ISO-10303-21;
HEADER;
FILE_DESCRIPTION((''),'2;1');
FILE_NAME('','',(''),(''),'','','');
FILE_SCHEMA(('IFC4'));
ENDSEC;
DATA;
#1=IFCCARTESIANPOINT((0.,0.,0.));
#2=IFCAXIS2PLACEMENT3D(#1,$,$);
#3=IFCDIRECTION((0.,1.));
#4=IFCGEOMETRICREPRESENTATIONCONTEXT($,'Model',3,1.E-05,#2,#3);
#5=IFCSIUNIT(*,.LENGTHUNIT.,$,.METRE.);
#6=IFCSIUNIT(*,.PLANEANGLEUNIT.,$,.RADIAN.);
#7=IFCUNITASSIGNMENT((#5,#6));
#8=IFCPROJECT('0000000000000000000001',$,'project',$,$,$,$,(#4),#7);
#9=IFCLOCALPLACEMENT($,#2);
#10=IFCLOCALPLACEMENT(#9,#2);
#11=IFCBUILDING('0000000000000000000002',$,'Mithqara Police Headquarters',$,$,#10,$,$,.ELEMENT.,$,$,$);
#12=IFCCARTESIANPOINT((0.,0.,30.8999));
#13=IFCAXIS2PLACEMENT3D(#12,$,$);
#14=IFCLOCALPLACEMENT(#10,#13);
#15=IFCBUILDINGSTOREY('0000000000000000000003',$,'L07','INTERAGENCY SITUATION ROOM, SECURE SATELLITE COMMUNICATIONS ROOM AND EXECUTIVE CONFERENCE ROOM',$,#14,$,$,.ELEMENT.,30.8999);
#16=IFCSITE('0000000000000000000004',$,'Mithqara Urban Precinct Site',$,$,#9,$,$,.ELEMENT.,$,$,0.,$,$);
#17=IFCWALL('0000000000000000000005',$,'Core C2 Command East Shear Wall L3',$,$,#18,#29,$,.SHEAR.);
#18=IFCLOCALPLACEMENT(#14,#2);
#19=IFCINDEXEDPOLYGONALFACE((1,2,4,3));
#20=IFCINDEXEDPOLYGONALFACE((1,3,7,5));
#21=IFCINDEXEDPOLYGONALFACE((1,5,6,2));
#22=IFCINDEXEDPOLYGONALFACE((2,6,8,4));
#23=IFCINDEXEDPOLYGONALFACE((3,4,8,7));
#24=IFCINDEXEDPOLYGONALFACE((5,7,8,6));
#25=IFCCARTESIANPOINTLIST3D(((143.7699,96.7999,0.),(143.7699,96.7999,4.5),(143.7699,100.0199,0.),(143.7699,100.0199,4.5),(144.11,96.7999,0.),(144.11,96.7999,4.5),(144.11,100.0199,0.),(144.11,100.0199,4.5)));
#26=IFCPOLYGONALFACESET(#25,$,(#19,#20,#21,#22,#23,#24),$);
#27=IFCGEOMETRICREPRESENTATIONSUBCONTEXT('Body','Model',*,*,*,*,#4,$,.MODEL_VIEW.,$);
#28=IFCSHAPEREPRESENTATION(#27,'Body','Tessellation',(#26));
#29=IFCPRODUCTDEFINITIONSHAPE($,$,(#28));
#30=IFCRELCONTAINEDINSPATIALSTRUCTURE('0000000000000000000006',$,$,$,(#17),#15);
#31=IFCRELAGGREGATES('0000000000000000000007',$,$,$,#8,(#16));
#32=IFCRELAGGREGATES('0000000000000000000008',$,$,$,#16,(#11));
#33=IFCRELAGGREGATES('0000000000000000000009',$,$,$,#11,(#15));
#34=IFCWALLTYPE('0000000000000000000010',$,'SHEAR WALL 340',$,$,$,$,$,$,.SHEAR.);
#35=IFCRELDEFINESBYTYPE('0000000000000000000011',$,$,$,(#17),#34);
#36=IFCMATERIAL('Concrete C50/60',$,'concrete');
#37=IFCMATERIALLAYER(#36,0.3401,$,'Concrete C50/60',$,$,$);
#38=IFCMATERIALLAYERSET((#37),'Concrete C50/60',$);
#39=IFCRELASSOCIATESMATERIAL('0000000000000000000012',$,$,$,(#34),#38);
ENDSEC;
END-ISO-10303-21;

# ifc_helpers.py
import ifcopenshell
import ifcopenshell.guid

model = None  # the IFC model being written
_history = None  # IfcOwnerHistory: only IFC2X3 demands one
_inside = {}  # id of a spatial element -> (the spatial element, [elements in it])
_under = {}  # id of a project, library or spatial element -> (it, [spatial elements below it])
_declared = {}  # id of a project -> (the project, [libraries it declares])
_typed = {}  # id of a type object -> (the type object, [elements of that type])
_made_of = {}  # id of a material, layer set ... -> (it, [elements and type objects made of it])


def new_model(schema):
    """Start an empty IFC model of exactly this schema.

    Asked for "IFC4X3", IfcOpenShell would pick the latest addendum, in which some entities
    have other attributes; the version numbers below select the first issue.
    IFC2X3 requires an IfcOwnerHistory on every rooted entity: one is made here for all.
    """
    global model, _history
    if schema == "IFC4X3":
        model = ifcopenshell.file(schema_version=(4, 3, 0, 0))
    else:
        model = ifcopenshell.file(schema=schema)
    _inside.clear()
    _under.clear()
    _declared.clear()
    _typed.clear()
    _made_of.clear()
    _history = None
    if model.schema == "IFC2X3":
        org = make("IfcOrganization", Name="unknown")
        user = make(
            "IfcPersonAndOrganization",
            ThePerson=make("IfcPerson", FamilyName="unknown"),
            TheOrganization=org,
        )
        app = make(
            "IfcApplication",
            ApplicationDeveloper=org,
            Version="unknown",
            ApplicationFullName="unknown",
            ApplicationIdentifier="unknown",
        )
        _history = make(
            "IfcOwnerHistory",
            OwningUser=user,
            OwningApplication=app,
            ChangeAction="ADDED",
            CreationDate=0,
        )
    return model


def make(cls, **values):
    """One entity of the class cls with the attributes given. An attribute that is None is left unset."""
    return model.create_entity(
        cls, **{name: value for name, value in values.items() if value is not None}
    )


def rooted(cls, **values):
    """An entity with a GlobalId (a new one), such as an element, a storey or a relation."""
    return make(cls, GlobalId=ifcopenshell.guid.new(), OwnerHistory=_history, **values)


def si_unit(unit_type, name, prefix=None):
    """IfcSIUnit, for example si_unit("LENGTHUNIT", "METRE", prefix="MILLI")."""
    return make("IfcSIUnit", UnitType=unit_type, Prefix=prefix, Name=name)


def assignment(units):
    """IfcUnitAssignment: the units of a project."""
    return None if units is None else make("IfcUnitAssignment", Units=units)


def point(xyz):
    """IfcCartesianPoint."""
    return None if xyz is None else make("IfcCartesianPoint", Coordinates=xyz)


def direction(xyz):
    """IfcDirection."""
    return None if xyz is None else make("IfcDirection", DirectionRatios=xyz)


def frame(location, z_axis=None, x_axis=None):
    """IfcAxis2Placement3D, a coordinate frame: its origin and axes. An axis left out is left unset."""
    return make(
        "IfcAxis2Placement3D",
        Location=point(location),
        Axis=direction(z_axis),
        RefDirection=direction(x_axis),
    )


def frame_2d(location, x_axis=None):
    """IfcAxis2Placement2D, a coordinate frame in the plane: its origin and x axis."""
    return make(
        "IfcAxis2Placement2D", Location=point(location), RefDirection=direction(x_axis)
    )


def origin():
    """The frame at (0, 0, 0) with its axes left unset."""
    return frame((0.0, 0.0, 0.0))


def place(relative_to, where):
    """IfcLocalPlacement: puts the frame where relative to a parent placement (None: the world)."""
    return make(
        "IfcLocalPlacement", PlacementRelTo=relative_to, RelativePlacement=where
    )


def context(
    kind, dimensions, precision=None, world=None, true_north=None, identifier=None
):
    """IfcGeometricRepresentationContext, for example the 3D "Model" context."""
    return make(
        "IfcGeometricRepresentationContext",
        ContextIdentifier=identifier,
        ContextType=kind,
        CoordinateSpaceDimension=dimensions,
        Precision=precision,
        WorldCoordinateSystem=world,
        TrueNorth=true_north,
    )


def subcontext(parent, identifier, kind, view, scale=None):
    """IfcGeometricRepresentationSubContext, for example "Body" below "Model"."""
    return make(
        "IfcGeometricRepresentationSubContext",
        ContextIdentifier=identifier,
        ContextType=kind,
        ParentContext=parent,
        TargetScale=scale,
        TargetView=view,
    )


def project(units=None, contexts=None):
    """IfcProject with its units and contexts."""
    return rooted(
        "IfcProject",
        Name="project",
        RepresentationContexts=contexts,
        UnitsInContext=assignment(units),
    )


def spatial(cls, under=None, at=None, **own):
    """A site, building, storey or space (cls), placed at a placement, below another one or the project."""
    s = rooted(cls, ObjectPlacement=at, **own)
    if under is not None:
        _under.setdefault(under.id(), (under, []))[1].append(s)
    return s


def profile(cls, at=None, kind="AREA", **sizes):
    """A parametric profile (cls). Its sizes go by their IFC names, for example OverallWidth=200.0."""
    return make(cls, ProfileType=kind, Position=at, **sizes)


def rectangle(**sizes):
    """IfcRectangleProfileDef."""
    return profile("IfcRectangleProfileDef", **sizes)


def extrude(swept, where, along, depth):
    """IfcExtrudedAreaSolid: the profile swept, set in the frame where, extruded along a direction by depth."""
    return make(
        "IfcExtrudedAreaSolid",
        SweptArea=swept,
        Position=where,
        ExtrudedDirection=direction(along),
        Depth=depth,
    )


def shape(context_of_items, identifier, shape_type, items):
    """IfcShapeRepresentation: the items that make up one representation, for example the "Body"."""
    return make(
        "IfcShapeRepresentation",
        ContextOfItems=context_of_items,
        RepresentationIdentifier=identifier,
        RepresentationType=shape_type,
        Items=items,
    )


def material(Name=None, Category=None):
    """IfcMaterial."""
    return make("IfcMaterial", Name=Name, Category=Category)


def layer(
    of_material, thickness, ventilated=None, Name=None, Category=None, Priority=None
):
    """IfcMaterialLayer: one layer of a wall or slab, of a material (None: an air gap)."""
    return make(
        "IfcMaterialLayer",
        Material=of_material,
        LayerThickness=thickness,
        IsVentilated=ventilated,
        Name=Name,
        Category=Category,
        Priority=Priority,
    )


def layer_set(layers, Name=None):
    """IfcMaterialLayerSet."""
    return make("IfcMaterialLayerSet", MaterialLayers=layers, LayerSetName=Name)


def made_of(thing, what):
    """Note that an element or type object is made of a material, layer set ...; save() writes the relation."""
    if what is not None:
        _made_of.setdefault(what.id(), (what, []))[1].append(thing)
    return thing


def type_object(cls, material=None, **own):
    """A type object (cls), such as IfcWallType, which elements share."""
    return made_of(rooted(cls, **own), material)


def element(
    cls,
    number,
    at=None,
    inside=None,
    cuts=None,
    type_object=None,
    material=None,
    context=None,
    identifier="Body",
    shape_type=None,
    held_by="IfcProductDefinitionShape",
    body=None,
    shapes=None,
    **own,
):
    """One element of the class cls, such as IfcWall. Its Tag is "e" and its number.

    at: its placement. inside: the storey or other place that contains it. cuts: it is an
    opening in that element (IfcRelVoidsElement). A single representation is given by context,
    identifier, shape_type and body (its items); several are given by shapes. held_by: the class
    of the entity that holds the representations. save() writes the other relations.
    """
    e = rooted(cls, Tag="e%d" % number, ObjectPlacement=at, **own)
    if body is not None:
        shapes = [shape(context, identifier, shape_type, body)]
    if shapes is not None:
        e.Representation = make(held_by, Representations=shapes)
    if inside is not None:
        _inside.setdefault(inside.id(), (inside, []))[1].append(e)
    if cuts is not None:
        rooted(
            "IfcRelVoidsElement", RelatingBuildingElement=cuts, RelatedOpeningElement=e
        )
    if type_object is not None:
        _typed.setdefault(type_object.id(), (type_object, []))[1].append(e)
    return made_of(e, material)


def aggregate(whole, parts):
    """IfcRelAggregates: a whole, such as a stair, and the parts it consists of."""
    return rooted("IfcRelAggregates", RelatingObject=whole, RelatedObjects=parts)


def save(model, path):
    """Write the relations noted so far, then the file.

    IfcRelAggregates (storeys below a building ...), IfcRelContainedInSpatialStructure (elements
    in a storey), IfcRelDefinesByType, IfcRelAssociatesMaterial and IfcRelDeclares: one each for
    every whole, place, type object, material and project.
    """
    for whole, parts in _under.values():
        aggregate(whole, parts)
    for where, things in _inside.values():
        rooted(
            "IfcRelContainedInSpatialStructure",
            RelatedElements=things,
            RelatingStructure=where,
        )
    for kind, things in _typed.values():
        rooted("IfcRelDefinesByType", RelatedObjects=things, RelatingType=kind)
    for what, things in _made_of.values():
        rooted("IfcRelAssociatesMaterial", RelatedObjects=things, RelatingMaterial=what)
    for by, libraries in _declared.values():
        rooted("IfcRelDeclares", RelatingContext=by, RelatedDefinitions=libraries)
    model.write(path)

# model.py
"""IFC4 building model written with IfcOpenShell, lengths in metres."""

from ifc_helpers import new_model, si_unit, direction, frame, frame_2d, origin, place, context, subcontext, project, spatial, rectangle, extrude, material, layer, layer_set, type_object, element, save


model = new_model("IFC4")

# Units and contexts
model_context = context("Model", 3, precision=1e-05, world=origin(), true_north=direction((0.0, 1.0)))
body_context = subcontext(model_context, "Body", "Model", "MODEL_VIEW")
ifc_project = project(units=[si_unit("LENGTHUNIT", "METRE"), si_unit("PLANEANGLEUNIT", "RADIAN")], contexts=[model_context])

# Site, building, storey
site_placement = place(None, origin())
site = spatial("IfcSite", under=ifc_project, at=site_placement, Name="Mithqara Urban Precinct Site", CompositionType="ELEMENT", RefElevation=0.0)
building_placement = place(site_placement, origin())
building = spatial("IfcBuilding", under=site, at=building_placement, Name="Mithqara Police Headquarters", CompositionType="ELEMENT")
storey_placement = place(building_placement, frame((0.0, 0.0, 30.8999)))
storey = spatial("IfcBuildingStorey", under=building, at=storey_placement, Name="L07", Description="INTERAGENCY SITUATION ROOM, SECURE SATELLITE COMMUNICATIONS ROOM AND EXECUTIVE CONFERENCE ROOM", CompositionType="ELEMENT", Elevation=30.8999)

# Shared definitions
ifc_material_1 = material(Name="Concrete C50/60", Category="concrete")

# Wall
ifc_layer_1 = layer(ifc_material_1, 0.3401, Name="Concrete C50/60")
ifc_layer_set_1 = layer_set([ifc_layer_1], Name="Concrete C50/60")
wall_type_1 = type_object("IfcWallType", Name="SHEAR WALL 340", PredefinedType="SHEAR", material=ifc_layer_set_1)
wall_1_placement = place(storey_placement, frame((143.9399, 96.8, 0.0), z_axis=(0.0, 0.0, 1.0), x_axis=(0.0, 1.0, 0.0)))
element("IfcWall", 1, at=wall_1_placement, inside=storey, type_object=wall_type_1, Name="Core C2 Command East Shear Wall L3", PredefinedType="SHEAR", context=body_context, shape_type="SweptSolid", body=[
    extrude(rectangle(XDim=3.22, YDim=0.3401, at=frame_2d((1.6099, 0.0))), origin(), (0.0, 0.0, 1.0), 4.5),
])

save(model, "model.ifc")
